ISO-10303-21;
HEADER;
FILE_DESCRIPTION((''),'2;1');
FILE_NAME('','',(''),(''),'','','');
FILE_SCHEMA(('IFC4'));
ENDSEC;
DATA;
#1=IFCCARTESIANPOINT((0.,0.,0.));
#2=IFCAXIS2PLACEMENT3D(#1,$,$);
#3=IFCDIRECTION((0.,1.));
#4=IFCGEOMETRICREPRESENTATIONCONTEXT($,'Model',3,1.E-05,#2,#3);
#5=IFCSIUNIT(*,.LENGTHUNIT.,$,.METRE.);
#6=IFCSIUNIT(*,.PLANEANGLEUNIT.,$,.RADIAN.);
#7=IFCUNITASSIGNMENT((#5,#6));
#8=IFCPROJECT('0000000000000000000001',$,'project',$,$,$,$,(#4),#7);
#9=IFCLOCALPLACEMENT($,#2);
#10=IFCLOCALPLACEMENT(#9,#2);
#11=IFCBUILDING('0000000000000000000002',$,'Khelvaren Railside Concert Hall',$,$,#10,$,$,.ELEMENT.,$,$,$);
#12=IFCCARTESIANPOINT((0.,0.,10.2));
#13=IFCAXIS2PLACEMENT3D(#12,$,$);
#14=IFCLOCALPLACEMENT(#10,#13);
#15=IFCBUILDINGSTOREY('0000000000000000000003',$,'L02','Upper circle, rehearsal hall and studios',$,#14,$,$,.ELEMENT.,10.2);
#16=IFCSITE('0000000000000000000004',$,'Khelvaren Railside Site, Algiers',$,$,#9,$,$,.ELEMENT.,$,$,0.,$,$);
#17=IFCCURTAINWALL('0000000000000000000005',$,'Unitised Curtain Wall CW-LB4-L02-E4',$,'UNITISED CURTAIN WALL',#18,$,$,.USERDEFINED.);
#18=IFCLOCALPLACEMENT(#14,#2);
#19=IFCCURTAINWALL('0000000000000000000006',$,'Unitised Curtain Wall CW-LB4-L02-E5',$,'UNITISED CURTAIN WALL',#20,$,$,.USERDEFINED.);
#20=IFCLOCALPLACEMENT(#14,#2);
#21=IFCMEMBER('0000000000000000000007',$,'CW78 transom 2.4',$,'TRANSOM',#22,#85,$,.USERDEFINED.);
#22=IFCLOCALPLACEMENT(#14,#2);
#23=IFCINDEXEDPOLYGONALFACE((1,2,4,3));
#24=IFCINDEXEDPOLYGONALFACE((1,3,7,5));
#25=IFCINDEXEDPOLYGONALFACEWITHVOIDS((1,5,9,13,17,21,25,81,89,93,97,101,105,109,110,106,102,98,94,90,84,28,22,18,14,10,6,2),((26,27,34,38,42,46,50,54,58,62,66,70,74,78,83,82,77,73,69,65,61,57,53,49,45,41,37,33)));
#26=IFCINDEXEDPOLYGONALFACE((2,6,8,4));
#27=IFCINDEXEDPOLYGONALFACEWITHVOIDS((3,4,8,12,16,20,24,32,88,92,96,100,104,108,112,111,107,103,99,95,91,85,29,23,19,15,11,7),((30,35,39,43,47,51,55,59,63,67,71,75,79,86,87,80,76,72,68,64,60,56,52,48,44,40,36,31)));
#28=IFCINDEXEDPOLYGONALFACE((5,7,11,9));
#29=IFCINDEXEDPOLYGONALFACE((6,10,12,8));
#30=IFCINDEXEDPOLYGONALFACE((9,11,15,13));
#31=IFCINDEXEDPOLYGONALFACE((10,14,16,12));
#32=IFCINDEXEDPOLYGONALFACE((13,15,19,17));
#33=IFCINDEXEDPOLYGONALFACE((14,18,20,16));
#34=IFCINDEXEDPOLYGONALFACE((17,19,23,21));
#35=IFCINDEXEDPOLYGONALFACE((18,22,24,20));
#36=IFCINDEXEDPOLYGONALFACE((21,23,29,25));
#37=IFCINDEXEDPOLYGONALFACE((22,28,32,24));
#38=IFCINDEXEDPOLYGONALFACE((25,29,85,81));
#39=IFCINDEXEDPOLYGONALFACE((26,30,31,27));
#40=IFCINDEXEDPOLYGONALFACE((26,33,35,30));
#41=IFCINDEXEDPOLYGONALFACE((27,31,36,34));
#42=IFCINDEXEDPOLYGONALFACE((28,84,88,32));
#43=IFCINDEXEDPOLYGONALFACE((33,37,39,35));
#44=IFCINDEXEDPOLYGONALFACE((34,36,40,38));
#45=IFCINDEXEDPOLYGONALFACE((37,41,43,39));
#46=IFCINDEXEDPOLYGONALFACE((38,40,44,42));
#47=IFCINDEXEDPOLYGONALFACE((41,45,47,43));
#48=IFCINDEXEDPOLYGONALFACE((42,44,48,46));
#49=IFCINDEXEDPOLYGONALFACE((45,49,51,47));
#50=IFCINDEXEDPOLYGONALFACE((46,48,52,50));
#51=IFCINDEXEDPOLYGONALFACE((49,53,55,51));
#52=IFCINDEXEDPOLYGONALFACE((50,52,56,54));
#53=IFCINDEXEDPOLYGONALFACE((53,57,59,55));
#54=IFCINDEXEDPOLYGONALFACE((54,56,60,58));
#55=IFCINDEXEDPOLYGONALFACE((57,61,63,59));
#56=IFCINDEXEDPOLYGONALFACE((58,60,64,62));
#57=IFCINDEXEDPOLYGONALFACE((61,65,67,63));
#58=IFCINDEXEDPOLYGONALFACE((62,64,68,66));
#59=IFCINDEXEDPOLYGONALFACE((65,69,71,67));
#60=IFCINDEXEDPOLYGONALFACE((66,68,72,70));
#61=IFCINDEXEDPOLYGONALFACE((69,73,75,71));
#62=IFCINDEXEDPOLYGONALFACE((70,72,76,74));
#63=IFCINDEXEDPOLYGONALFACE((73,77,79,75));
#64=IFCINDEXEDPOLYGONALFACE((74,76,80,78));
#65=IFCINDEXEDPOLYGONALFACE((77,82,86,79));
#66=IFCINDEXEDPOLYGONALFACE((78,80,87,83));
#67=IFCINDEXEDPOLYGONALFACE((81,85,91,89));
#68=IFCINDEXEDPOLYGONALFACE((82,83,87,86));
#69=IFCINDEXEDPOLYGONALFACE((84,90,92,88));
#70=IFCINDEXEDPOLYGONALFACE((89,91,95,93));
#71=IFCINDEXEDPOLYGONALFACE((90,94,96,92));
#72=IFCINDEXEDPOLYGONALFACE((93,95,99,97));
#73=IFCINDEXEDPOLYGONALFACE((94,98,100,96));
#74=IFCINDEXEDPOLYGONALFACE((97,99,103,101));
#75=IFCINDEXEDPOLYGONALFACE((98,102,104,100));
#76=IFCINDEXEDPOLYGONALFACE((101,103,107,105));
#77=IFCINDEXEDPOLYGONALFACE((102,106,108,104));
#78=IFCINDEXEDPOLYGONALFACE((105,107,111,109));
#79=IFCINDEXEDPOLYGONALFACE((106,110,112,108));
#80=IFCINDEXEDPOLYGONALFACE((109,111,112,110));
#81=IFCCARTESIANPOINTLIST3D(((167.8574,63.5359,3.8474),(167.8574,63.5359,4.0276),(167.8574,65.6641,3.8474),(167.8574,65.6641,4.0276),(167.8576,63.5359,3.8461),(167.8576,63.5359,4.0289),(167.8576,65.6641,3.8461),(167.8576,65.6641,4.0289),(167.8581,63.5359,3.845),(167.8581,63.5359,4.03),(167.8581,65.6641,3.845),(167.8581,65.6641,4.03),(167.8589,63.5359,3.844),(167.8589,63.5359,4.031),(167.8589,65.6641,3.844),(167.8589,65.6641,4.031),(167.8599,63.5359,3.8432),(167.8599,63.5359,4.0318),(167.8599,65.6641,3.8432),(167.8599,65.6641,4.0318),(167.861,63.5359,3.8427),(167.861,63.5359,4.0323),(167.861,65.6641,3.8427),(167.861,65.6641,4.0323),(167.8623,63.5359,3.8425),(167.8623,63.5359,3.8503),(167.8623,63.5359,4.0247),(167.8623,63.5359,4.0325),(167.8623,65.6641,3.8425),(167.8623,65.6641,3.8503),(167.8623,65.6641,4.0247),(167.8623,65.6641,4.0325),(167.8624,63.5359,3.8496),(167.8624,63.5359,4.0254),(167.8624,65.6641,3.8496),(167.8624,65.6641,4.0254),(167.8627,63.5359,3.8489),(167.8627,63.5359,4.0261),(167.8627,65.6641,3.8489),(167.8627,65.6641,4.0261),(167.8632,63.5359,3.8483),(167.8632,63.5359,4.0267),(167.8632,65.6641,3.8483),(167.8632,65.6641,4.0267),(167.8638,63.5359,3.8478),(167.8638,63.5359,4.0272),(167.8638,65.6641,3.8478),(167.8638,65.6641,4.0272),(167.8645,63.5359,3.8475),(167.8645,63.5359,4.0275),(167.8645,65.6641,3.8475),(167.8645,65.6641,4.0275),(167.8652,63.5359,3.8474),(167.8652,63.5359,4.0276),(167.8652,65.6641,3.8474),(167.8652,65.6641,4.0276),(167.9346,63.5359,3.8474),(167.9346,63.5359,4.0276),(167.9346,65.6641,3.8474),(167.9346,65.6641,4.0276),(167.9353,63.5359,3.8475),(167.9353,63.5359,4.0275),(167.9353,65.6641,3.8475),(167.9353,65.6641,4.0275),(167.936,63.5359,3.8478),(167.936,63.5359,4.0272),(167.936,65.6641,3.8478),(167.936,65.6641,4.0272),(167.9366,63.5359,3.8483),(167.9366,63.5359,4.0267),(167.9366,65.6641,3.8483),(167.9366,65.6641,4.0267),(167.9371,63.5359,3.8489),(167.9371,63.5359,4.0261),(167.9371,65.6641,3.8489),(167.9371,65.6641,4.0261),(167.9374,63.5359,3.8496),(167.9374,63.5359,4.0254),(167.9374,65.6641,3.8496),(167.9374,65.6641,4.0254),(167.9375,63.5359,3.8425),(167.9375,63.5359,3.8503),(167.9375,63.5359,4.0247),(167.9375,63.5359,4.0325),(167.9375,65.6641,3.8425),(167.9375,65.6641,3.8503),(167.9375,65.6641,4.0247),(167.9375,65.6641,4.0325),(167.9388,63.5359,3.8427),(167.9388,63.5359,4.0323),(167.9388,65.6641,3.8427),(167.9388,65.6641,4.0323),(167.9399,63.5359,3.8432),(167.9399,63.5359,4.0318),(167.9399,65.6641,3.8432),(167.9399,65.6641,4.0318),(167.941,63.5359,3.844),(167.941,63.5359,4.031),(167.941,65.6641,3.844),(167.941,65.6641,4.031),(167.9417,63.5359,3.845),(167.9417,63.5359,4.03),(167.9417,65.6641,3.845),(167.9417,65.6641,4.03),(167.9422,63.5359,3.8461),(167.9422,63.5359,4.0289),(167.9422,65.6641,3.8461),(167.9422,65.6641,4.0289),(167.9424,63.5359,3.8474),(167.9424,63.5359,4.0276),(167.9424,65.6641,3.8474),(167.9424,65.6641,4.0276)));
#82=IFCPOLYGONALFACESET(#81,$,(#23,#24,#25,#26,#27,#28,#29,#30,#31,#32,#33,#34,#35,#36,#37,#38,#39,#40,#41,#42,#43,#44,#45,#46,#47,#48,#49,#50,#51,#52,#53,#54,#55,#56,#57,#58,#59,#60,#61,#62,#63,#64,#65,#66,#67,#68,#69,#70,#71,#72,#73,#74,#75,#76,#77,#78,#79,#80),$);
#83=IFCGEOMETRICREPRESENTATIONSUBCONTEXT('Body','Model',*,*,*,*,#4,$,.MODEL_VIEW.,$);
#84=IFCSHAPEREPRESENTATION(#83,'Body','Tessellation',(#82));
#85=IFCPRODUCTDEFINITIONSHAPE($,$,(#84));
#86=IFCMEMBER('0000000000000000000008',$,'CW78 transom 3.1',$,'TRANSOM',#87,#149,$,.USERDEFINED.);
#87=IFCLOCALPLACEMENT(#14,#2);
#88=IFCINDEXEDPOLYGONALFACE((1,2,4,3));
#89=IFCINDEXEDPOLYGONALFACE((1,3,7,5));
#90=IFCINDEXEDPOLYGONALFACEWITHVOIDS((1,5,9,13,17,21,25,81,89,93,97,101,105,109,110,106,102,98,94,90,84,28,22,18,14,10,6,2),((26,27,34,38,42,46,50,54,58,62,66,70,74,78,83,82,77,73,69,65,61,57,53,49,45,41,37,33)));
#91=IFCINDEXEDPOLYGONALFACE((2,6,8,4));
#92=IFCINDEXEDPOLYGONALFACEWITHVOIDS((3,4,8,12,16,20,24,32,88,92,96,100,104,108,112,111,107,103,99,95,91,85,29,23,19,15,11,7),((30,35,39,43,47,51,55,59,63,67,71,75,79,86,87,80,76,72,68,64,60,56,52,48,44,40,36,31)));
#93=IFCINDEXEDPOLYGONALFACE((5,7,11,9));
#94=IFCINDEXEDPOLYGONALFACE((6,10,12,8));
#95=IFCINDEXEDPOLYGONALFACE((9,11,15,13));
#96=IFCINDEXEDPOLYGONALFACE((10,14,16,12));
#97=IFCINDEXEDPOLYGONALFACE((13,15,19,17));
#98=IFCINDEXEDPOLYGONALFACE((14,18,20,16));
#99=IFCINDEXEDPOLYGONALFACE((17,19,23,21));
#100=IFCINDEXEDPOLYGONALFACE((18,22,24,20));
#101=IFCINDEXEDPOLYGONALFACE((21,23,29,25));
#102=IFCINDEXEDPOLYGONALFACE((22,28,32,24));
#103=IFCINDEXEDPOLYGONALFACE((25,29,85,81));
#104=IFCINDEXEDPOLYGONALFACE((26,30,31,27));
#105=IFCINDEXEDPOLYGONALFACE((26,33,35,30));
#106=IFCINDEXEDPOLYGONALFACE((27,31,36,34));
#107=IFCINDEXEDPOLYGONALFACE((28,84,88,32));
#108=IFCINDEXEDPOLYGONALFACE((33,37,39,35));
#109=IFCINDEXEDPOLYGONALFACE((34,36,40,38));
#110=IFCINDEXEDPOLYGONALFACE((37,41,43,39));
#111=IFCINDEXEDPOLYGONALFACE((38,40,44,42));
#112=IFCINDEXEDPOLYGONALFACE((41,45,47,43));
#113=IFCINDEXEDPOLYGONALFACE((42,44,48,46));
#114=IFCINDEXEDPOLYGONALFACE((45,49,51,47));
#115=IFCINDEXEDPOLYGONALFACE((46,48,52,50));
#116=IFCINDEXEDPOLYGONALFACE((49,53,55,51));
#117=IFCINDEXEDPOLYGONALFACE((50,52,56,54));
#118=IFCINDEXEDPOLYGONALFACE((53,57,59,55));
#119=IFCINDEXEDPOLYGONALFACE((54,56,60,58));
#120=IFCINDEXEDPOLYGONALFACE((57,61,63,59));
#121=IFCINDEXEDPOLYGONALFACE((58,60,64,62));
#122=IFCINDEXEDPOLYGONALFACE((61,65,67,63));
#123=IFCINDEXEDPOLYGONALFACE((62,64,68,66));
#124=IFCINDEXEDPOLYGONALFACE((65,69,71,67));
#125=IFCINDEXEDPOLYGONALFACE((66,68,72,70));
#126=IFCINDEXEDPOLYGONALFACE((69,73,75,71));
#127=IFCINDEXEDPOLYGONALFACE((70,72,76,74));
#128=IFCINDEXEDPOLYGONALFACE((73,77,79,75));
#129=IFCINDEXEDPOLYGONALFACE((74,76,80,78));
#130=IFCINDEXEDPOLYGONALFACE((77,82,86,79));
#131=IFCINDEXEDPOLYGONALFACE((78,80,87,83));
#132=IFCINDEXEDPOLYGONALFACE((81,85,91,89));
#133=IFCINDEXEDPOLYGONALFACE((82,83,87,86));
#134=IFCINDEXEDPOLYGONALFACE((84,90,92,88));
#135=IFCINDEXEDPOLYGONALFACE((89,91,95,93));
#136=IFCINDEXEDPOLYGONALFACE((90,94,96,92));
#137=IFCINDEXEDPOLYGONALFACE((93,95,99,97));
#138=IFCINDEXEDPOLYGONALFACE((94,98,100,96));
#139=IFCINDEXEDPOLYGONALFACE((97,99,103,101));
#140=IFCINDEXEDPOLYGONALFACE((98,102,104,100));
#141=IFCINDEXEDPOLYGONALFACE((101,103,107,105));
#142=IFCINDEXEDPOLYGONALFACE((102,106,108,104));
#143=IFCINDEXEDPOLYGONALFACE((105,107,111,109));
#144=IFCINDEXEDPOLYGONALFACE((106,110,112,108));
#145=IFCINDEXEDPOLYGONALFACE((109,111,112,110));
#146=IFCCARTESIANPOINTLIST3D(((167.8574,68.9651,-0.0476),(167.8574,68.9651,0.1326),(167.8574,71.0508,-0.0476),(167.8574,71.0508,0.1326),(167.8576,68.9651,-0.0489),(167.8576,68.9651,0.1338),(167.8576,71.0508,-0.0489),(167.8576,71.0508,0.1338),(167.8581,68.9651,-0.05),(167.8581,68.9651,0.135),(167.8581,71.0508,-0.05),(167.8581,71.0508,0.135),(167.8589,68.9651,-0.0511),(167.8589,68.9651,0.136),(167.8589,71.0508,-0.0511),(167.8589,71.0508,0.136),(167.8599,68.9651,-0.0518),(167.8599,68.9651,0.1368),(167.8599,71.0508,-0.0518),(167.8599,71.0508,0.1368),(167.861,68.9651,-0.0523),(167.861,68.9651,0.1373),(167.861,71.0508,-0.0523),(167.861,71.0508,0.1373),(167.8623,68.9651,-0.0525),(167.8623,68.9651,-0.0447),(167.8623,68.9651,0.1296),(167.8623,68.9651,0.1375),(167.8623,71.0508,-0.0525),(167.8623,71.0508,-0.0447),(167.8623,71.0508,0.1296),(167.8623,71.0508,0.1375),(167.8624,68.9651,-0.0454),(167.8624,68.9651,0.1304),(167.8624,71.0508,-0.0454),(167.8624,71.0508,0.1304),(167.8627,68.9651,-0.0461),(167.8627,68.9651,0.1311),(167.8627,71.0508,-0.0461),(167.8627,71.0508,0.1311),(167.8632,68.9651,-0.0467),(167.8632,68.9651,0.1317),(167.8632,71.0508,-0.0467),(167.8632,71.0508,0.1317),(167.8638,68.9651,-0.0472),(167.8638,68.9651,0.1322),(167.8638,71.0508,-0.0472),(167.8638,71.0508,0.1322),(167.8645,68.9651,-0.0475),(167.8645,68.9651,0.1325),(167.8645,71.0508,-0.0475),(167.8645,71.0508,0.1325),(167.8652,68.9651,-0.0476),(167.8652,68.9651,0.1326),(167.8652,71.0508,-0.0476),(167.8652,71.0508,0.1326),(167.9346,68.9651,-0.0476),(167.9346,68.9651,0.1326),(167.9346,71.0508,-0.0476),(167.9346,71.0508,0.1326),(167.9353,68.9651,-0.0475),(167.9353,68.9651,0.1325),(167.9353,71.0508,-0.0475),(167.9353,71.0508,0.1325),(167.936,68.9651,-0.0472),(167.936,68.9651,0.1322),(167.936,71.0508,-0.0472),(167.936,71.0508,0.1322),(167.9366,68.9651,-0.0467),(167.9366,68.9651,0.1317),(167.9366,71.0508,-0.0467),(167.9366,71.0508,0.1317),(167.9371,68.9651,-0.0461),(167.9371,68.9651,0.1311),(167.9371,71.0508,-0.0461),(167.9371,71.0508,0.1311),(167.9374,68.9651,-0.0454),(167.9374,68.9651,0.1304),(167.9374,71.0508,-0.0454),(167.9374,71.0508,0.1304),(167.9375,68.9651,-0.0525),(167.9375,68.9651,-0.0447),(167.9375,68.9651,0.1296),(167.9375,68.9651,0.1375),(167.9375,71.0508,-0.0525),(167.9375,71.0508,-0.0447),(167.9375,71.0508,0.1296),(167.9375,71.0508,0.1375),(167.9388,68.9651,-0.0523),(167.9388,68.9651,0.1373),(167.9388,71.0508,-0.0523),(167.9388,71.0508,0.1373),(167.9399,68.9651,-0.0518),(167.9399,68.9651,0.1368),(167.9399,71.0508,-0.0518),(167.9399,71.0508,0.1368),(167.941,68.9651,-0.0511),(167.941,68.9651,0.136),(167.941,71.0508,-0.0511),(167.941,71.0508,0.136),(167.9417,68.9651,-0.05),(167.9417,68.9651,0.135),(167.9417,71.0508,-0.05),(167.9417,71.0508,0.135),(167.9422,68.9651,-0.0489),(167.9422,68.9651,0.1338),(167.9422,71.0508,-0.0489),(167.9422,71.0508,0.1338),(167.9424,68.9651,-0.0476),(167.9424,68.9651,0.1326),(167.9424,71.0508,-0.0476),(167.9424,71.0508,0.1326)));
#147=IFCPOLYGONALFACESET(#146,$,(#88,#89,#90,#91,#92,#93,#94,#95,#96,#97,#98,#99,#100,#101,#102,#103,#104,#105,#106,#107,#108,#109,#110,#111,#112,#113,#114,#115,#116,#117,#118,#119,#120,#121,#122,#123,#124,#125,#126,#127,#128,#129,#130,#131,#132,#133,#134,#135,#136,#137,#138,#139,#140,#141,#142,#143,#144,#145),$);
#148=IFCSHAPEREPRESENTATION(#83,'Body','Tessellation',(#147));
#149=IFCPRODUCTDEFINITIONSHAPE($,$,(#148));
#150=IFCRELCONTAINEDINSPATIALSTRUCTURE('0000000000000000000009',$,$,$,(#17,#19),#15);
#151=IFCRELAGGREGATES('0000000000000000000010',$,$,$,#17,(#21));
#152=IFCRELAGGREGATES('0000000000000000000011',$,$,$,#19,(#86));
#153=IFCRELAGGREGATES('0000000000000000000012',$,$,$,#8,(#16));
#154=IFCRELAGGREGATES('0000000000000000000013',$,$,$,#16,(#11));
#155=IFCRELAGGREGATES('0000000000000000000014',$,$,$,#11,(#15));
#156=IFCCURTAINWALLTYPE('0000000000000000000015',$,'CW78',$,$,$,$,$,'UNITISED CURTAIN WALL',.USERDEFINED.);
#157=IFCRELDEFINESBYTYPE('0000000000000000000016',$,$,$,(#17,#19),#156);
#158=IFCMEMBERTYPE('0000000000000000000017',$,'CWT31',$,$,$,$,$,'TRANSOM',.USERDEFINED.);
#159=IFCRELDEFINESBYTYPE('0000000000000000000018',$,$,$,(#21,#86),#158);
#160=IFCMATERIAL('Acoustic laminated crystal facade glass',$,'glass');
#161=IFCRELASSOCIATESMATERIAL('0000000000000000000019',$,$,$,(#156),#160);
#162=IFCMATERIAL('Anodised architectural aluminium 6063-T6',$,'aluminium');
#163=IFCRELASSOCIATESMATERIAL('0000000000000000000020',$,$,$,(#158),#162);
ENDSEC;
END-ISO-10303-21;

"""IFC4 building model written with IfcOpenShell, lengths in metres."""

from ifc_helpers import new_model, si_unit, direction, frame, origin, origin_2d, place, context, subcontext, project, spatial, hollow_rectangle, extrude, material, material_profile, profile_set, type_object, element, aggregate, save


model = new_model("IFC4")

# Units and contexts
model_context = context("Model", 3, precision=1e-05, world=origin(), true_north=direction((0.0, 1.0)))
body_context = subcontext(model_context, "Body", "Model", "MODEL_VIEW")
ifc_project = project(units=[si_unit("LENGTHUNIT", "METRE"), si_unit("PLANEANGLEUNIT", "RADIAN")], contexts=[model_context])

# Site, building, storey
site_placement = place(None, origin())
site = spatial("IfcSite", under=ifc_project, at=site_placement, Name="Khelvaren Railside Site, Algiers", CompositionType="ELEMENT", RefElevation=0.0)
building_placement = place(site_placement, origin())
building = spatial("IfcBuilding", under=site, at=building_placement, Name="Khelvaren Railside Concert Hall", CompositionType="ELEMENT")
storey_placement = place(building_placement, frame((0.0, 0.0, 10.2)))
storey = spatial("IfcBuildingStorey", under=building, at=storey_placement, Name="L02", Description="Upper circle, rehearsal hall and studios", CompositionType="ELEMENT", Elevation=10.2)

# Curtain wall
ifc_material_1 = material(Name="Acoustic laminated crystal facade glass", Category="glass")
curtain_wall_type = type_object("IfcCurtainWallType", Name="CW78", ElementType="UNITISED CURTAIN WALL", PredefinedType="USERDEFINED", material=ifc_material_1)
curtain_wall_1_placement = place(storey_placement, origin())
curtain_wall_1 = element("IfcCurtainWall", 1, at=curtain_wall_1_placement, inside=storey, type_object=curtain_wall_type, Name="Unitised Curtain Wall CW-LB4-L02-E4", ObjectType="UNITISED CURTAIN WALL", PredefinedType="USERDEFINED")
ifc_material_2 = material(Name="Anodised architectural aluminium 6063-T6", Category="aluminium")

# Curtain wall
curtain_wall_2_placement = place(storey_placement, origin())
curtain_wall_2 = element("IfcCurtainWall", 2, at=curtain_wall_2_placement, inside=storey, type_object=curtain_wall_type, Name="Unitised Curtain Wall CW-LB4-L02-E5", ObjectType="UNITISED CURTAIN WALL", PredefinedType="USERDEFINED")

# Members
ifc_material_profile_1 = material_profile(ifc_material_2, hollow_rectangle(XDim=0.085, YDim=0.1899, WallThickness=0.0049, InnerFilletRadius=0.0029, OuterFilletRadius=0.0049, at=origin_2d()), Name="CWT 85x190x5")
ifc_profile_set_1 = profile_set([ifc_material_profile_1], Name="Anodised architectural aluminium 6063-T6")
member_type_1 = type_object("IfcMemberType", Name="CWT31", ElementType="TRANSOM", PredefinedType="USERDEFINED", material=ifc_profile_set_1)
member_1_placement = place(storey_placement, frame((167.8999, 65.6641, 3.9375), z_axis=(0.0, -1.0, 0.0), x_axis=(1.0, 0.0, 0.0)))
member_1 = element("IfcMember", 3, at=member_1_placement, type_object=member_type_1, Name="CW78 transom 2.4", ObjectType="TRANSOM", PredefinedType="USERDEFINED", context=body_context, shape_type="SweptSolid", body=[
    extrude(hollow_rectangle(XDim=0.085, YDim=0.1899, WallThickness=0.0049, InnerFilletRadius=0.0029, OuterFilletRadius=0.0049, at=origin_2d()), origin(), (0.0, 0.0, 1.0), 2.1282),
])
member_2_placement = place(storey_placement, frame((167.8999, 71.0508, 0.0425), z_axis=(0.0, -1.0, 0.0), x_axis=(1.0, 0.0, 0.0)))
member_2 = element("IfcMember", 4, at=member_2_placement, type_object=member_type_1, Name="CW78 transom 3.1", ObjectType="TRANSOM", PredefinedType="USERDEFINED", context=body_context, shape_type="SweptSolid", body=[
    extrude(hollow_rectangle(XDim=0.085, YDim=0.1899, WallThickness=0.0049, InnerFilletRadius=0.0029, OuterFilletRadius=0.0049, at=origin_2d()), origin(), (0.0, 0.0, 1.0), 2.0857),
])

aggregate(curtain_wall_1, [member_1])
aggregate(curtain_wall_2, [member_2])

save(model, "model.ifc")
